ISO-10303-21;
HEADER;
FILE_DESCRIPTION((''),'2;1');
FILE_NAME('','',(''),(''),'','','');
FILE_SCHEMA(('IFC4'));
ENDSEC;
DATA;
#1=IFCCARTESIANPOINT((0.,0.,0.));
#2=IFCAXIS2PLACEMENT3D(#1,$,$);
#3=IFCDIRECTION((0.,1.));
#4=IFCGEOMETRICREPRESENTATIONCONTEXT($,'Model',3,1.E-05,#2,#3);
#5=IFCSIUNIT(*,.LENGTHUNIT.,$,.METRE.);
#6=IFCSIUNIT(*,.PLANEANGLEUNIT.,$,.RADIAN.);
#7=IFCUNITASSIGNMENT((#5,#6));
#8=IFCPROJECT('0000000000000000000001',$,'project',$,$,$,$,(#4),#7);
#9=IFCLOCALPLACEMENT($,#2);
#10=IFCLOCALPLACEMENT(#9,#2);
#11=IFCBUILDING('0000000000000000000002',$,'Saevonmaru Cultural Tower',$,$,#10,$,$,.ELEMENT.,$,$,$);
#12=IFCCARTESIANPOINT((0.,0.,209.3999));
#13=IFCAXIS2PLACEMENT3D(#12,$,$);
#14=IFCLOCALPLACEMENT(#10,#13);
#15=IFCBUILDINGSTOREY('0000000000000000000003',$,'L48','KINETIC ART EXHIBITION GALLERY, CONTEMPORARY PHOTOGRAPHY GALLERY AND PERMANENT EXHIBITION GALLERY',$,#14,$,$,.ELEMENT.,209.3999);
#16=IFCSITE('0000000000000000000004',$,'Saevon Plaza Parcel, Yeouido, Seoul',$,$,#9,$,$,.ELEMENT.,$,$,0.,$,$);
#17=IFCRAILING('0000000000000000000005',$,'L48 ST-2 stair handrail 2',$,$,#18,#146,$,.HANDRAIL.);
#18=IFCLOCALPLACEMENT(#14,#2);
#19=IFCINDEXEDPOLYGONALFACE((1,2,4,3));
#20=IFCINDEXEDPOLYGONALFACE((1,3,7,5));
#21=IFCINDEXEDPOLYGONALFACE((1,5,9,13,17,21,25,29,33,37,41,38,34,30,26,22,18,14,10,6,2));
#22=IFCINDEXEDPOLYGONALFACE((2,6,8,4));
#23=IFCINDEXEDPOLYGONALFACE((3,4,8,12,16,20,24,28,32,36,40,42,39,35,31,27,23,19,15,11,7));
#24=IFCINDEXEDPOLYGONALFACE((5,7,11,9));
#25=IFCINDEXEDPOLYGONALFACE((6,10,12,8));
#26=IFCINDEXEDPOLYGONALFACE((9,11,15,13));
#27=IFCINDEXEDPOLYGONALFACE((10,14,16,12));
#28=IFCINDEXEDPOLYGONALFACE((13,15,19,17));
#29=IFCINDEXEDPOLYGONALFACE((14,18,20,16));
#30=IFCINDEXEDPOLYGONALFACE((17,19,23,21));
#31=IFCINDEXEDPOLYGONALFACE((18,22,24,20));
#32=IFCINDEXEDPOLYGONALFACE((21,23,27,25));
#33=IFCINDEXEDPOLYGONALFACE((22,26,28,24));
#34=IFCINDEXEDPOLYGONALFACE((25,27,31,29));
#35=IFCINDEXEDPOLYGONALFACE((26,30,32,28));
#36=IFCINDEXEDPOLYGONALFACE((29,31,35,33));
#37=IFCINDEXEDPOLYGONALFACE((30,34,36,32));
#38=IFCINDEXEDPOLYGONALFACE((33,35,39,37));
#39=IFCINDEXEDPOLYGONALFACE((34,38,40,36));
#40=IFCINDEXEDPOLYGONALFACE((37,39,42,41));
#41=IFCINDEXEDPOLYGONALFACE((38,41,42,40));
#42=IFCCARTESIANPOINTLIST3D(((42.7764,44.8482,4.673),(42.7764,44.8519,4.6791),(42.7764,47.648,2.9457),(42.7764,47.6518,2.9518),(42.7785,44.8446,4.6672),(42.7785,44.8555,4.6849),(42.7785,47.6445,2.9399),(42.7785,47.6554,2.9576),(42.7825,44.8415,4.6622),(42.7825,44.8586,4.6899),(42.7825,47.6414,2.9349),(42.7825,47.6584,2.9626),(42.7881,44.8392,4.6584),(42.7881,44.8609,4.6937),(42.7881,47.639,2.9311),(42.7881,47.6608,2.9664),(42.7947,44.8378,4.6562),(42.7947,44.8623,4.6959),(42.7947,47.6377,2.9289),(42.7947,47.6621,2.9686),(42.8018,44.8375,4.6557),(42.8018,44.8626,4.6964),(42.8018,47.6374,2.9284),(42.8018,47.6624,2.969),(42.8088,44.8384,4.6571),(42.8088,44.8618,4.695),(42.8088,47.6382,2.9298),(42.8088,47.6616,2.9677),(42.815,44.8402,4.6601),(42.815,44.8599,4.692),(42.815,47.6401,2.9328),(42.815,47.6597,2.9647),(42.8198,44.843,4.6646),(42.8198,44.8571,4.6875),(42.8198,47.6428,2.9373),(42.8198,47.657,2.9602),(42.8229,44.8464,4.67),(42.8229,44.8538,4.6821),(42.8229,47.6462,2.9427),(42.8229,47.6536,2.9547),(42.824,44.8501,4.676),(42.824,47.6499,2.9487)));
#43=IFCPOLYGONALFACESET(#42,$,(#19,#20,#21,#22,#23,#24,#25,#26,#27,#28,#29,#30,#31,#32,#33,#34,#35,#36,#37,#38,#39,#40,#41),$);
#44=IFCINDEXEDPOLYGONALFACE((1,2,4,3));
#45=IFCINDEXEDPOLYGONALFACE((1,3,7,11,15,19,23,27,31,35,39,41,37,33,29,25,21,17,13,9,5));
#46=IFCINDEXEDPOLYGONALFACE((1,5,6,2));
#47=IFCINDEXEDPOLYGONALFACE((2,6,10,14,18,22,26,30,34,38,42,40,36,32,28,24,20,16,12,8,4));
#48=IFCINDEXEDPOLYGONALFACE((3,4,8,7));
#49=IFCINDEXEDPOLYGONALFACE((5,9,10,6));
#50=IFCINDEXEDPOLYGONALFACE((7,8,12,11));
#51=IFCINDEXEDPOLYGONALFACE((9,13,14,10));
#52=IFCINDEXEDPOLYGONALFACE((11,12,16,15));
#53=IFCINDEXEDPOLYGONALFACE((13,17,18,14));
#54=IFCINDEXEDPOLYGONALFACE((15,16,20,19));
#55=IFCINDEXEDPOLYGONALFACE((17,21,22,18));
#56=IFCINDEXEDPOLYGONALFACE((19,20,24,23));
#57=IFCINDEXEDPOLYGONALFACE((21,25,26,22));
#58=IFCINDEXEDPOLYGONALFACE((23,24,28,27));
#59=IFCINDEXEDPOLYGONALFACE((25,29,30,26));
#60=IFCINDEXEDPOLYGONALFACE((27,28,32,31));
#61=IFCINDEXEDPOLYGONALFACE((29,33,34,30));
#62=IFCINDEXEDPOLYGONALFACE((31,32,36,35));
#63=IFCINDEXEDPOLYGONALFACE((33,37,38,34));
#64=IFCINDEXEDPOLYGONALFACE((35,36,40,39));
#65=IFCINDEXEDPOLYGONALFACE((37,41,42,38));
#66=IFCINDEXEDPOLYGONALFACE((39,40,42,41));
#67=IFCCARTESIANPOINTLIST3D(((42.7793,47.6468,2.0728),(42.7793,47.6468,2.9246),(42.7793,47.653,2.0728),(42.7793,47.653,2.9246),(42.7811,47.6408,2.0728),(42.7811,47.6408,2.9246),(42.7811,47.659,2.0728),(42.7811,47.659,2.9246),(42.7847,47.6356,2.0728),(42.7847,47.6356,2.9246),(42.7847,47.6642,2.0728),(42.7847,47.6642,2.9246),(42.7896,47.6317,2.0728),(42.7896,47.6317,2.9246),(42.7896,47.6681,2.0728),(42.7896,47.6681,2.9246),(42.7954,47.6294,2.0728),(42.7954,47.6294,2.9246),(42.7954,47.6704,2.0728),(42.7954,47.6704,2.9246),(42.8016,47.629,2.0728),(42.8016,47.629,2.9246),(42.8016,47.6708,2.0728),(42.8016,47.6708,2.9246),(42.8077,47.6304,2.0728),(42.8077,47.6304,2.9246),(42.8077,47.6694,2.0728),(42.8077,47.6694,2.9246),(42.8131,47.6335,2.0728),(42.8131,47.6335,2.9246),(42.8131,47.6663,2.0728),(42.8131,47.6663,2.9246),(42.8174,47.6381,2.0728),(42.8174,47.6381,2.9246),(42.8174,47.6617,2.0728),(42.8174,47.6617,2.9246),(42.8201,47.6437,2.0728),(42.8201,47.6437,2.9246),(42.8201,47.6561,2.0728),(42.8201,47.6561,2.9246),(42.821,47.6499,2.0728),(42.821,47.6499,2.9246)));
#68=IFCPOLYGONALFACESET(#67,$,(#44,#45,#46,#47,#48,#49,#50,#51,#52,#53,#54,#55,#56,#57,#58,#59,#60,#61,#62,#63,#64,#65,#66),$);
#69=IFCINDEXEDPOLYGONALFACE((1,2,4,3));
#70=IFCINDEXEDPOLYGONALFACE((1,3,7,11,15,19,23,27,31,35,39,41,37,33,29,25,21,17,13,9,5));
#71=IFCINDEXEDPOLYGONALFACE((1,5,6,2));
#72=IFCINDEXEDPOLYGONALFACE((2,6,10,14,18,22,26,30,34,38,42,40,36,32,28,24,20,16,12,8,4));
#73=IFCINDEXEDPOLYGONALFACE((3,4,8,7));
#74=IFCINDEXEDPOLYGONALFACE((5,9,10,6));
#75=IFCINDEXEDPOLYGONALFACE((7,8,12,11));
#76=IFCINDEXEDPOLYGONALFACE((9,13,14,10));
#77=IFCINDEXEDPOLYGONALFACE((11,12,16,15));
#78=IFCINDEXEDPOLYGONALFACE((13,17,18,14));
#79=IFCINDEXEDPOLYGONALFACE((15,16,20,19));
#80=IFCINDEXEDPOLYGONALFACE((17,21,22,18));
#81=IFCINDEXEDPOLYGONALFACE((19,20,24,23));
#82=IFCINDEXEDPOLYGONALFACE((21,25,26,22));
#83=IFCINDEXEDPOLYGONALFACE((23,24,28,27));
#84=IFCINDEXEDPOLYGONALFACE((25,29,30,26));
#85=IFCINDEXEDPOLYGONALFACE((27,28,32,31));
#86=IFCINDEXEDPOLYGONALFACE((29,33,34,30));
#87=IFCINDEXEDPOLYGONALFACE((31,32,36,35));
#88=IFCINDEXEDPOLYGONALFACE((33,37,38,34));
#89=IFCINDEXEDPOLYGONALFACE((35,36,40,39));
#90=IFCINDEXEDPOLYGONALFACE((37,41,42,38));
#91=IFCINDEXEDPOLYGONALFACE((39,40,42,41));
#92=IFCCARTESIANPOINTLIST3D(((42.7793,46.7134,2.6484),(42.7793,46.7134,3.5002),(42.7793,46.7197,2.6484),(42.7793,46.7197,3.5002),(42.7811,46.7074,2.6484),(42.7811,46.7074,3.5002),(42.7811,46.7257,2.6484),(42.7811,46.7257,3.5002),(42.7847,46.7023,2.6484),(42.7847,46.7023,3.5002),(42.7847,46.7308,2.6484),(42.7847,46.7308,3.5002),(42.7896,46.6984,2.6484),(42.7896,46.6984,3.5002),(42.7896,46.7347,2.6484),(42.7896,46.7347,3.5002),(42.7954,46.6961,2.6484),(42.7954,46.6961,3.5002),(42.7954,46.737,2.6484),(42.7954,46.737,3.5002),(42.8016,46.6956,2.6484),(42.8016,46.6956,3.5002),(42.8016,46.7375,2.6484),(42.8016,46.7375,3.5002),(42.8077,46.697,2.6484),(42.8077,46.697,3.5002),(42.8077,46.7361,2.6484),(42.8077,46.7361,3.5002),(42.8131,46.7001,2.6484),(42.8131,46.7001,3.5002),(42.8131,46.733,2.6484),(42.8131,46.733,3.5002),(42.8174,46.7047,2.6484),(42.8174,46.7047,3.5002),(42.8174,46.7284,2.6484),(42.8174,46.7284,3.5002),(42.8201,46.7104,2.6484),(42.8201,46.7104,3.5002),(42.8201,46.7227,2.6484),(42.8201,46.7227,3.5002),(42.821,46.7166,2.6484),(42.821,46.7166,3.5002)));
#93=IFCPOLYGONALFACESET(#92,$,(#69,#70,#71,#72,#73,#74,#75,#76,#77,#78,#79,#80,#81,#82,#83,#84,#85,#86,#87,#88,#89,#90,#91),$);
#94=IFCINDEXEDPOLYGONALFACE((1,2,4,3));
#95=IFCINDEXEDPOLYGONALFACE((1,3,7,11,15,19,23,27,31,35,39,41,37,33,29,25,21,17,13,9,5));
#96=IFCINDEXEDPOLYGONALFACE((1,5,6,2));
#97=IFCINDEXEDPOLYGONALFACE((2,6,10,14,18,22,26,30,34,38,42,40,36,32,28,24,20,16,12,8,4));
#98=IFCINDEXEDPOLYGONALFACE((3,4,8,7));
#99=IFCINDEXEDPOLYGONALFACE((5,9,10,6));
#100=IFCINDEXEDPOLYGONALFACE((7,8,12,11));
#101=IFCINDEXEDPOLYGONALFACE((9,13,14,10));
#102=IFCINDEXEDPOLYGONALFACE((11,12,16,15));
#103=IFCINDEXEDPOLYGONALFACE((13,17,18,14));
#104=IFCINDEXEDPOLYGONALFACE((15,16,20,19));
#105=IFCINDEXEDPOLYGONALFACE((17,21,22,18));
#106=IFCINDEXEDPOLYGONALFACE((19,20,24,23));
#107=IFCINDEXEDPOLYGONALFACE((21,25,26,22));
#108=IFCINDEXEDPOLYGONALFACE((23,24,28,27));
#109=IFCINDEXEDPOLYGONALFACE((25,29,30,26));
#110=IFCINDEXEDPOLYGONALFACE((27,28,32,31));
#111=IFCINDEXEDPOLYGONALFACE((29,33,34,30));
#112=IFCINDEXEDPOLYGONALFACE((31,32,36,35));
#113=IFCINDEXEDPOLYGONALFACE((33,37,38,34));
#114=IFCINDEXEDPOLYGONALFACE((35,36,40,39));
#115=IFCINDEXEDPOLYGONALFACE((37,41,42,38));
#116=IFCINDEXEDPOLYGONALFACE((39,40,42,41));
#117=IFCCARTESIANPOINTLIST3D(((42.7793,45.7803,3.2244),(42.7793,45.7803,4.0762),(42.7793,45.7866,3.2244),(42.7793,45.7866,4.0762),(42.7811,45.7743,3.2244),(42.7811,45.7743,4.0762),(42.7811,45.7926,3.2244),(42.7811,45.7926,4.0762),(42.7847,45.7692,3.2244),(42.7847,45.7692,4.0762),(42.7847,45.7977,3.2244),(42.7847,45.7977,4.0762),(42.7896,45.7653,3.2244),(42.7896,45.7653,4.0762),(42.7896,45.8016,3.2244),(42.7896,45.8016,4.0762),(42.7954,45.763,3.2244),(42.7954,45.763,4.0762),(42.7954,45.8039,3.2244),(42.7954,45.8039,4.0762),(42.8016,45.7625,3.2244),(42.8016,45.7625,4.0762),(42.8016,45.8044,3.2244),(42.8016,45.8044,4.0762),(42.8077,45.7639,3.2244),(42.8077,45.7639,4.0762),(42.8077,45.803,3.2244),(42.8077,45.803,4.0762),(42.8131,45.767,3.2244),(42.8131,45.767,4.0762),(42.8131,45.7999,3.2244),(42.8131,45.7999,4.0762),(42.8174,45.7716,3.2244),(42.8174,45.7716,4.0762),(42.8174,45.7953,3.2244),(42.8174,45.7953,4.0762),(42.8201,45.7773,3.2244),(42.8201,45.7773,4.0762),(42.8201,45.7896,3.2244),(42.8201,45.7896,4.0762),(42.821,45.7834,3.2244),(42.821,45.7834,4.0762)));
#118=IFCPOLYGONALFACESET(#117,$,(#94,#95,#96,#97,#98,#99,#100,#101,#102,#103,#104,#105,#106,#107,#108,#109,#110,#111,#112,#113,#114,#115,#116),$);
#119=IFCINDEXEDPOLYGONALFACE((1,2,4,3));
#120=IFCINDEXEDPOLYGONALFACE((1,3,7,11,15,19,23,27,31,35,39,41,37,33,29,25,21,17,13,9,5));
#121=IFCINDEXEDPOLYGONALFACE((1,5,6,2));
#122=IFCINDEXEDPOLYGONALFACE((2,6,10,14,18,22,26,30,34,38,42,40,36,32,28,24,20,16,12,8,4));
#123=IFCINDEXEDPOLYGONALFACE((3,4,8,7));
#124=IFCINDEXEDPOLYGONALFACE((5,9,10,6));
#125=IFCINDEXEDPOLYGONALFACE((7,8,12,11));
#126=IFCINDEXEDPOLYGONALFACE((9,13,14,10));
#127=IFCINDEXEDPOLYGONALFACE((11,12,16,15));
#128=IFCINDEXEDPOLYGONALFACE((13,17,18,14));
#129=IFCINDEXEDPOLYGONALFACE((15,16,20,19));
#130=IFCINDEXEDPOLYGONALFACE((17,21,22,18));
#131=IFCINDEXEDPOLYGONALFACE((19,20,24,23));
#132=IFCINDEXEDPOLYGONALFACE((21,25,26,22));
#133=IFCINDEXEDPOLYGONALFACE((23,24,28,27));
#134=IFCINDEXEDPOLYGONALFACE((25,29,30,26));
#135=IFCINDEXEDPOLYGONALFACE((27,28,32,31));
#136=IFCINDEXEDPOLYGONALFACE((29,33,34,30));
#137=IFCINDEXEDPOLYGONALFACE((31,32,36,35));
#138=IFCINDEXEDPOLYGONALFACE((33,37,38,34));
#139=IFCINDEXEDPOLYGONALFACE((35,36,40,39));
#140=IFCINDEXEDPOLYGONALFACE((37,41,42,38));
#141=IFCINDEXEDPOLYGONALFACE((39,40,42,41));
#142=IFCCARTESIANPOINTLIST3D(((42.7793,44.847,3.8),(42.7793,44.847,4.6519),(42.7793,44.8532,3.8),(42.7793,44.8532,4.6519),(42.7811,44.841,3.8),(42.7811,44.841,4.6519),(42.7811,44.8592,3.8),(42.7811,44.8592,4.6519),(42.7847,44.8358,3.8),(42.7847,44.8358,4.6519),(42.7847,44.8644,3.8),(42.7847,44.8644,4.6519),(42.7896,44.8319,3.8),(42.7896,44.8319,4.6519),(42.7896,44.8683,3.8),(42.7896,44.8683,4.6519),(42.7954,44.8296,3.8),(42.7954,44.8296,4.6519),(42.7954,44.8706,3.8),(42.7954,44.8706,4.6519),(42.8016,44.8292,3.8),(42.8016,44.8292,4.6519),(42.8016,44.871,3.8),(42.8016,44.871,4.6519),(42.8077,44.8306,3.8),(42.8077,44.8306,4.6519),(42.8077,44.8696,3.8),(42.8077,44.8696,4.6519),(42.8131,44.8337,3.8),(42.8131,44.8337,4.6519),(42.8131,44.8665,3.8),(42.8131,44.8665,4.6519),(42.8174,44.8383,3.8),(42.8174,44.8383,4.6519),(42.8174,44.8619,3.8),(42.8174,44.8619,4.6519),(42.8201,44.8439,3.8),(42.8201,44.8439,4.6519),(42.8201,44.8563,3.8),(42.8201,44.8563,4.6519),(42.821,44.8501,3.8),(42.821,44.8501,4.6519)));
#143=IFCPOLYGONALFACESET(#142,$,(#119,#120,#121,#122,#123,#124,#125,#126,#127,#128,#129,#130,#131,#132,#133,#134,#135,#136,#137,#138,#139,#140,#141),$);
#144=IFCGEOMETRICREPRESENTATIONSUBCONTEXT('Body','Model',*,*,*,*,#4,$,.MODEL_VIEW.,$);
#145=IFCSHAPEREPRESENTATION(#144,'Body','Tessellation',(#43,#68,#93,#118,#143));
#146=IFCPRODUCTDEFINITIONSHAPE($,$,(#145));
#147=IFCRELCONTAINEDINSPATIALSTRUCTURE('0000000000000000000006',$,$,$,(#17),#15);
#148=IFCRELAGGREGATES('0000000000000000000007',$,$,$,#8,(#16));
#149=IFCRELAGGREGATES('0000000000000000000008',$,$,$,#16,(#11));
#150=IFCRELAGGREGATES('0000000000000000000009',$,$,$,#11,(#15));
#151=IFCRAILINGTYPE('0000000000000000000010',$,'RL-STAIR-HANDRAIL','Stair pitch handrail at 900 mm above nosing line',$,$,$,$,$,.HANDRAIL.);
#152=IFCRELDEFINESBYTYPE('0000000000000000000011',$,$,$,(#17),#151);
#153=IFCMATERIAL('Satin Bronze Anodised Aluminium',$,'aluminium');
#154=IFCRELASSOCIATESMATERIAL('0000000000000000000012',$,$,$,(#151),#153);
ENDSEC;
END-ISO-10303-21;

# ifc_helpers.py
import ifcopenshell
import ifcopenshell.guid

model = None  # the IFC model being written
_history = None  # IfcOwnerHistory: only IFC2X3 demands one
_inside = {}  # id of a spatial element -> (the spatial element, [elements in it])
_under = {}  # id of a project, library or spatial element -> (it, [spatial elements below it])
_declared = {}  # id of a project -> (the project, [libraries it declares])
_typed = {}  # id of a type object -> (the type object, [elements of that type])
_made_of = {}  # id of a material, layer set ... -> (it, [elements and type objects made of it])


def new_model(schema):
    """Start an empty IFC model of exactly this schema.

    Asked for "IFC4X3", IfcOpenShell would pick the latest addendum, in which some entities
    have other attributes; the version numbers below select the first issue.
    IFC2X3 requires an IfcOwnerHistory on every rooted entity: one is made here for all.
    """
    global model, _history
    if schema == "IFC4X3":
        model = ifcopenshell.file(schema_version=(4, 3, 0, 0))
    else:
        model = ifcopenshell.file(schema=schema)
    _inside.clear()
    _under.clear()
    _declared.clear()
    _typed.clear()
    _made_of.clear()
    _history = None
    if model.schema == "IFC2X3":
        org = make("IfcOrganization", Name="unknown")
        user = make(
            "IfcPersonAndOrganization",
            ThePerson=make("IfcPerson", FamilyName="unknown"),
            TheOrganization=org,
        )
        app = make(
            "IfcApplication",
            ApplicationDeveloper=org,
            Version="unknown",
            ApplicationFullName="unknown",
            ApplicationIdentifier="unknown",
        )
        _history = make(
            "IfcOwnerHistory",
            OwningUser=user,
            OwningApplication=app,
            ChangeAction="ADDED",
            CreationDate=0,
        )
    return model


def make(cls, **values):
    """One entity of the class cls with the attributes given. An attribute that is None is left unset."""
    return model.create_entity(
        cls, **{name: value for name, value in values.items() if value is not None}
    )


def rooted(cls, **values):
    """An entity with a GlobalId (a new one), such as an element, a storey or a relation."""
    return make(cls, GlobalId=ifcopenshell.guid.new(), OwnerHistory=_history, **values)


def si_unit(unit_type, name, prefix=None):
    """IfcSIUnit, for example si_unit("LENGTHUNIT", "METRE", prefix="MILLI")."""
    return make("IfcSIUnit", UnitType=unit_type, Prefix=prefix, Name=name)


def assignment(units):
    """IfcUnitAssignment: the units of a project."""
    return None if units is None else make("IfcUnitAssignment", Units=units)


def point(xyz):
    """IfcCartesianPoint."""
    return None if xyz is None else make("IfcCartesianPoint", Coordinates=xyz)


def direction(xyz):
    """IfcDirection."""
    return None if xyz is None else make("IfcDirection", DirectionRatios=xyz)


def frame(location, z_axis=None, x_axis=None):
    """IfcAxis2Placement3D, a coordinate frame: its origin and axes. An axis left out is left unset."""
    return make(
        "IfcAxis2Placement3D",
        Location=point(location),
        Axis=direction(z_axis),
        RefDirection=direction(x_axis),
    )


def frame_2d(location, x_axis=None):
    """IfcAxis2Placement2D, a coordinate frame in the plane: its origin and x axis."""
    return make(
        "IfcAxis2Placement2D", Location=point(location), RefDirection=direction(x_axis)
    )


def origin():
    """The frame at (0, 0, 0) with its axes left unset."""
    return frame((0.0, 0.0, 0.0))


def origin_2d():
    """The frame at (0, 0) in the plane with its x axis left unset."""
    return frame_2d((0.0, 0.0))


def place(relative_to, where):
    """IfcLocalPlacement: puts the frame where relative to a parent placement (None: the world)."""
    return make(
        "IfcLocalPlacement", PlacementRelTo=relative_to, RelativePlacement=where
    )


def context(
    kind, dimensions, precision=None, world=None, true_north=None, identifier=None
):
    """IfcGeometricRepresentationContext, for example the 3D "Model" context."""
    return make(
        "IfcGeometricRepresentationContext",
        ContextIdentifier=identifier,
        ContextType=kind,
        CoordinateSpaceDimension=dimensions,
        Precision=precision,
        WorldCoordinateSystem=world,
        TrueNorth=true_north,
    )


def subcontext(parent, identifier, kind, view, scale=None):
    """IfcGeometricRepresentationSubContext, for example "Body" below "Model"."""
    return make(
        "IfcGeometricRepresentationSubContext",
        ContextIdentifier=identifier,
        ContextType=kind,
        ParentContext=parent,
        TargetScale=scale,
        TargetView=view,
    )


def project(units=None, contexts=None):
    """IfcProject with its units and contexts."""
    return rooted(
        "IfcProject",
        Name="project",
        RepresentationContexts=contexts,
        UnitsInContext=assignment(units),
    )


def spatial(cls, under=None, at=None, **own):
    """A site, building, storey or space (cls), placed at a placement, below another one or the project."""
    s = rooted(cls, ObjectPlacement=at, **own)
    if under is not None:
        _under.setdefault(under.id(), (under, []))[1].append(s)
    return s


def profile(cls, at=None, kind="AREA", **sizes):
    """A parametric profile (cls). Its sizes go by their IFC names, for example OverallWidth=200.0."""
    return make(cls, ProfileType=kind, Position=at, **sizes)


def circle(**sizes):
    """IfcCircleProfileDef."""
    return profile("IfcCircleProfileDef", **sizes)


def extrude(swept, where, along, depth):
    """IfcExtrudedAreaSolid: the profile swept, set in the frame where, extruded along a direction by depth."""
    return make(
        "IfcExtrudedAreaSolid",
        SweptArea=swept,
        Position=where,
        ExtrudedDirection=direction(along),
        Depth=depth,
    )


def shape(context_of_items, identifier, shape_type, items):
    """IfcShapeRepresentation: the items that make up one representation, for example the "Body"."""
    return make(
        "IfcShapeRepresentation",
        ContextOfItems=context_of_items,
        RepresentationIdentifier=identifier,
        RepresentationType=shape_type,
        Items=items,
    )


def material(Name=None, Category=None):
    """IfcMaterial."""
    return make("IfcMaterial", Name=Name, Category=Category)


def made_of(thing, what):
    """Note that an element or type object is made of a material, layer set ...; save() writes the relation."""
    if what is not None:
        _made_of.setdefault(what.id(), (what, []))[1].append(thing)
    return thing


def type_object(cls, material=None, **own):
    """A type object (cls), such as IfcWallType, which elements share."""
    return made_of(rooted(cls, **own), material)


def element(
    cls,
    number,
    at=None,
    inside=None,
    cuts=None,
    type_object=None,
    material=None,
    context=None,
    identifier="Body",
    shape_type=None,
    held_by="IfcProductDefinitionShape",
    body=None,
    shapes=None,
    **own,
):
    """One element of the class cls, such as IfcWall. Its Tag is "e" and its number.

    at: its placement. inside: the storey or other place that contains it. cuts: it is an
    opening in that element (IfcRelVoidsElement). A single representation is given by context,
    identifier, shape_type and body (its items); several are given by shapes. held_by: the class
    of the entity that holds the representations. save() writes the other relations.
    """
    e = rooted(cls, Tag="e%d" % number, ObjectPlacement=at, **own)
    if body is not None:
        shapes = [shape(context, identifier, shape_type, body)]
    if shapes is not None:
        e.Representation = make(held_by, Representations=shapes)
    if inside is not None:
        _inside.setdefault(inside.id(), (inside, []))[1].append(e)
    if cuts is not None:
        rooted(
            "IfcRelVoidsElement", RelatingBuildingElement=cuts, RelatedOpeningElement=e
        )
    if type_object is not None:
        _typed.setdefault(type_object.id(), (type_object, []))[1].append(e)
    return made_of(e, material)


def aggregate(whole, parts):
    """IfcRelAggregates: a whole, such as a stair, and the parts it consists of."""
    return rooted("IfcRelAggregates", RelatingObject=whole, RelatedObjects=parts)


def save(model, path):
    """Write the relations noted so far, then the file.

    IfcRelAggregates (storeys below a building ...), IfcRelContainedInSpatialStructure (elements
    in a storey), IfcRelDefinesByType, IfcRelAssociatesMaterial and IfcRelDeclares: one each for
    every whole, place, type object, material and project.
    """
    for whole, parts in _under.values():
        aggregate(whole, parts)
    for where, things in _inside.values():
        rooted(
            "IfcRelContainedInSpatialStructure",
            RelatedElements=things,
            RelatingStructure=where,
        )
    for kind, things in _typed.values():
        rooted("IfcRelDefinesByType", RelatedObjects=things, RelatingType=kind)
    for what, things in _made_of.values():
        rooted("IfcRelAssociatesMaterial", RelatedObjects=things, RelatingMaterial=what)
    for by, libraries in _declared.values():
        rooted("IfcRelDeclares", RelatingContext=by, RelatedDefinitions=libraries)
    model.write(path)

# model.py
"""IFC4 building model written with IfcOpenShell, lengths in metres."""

from ifc_helpers import new_model, si_unit, direction, frame, origin, origin_2d, place, context, subcontext, project, spatial, circle, extrude, material, type_object, element, save


model = new_model("IFC4")

# Units and contexts
model_context = context("Model", 3, precision=1e-05, world=origin(), true_north=direction((0.0, 1.0)))
body_context = subcontext(model_context, "Body", "Model", "MODEL_VIEW")
ifc_project = project(units=[si_unit("LENGTHUNIT", "METRE"), si_unit("PLANEANGLEUNIT", "RADIAN")], contexts=[model_context])

# Site, building, storey
site_placement = place(None, origin())
site = spatial("IfcSite", under=ifc_project, at=site_placement, Name="Saevon Plaza Parcel, Yeouido, Seoul", CompositionType="ELEMENT", RefElevation=0.0)
building_placement = place(site_placement, origin())
building = spatial("IfcBuilding", under=site, at=building_placement, Name="Saevonmaru Cultural Tower", CompositionType="ELEMENT")
storey_placement = place(building_placement, frame((0.0, 0.0, 209.3999)))
storey = spatial("IfcBuildingStorey", under=building, at=storey_placement, Name="L48", Description="KINETIC ART EXHIBITION GALLERY, CONTEMPORARY PHOTOGRAPHY GALLERY AND PERMANENT EXHIBITION GALLERY", CompositionType="ELEMENT", Elevation=209.3999)

# Shared definitions
ifc_material_1 = material(Name="Satin Bronze Anodised Aluminium", Category="aluminium")

# Railing
railing_type_1 = type_object("IfcRailingType", Name="RL-STAIR-HANDRAIL", Description="Stair pitch handrail at 900 mm above nosing line", PredefinedType="HANDRAIL", material=ifc_material_1)
railing_1_placement = place(storey_placement, frame((42.8, 47.6499, 2.0728)))
element("IfcRailing", 1, at=railing_1_placement, inside=storey, type_object=railing_type_1, Name="L48 ST-2 stair handrail 2", PredefinedType="HANDRAIL", context=body_context, shape_type="SweptSolid", body=[
    extrude(circle(Radius=0.0239, at=origin_2d()), frame((0.0, 0.0, 0.876), z_axis=(0.0, -0.851069, 0.525054), x_axis=(1.0, 0.0, 0.0)), (0.0, 0.0, 1.0), 3.2898),
    extrude(circle(Radius=0.021, at=origin_2d()), origin(), (0.0, 0.0, 1.0), 0.8518),
    extrude(circle(Radius=0.021, at=origin_2d()), frame((0.0, -0.9333, 0.5757)), (0.0, 0.0, 1.0), 0.8518),
    extrude(circle(Radius=0.021, at=origin_2d()), frame((0.0, -1.8665, 1.1516)), (0.0, 0.0, 1.0), 0.8518),
    extrude(circle(Radius=0.021, at=origin_2d()), frame((0.0, -2.7998, 1.7273)), (0.0, 0.0, 1.0), 0.8518),
])

save(model, "model.ifc")
